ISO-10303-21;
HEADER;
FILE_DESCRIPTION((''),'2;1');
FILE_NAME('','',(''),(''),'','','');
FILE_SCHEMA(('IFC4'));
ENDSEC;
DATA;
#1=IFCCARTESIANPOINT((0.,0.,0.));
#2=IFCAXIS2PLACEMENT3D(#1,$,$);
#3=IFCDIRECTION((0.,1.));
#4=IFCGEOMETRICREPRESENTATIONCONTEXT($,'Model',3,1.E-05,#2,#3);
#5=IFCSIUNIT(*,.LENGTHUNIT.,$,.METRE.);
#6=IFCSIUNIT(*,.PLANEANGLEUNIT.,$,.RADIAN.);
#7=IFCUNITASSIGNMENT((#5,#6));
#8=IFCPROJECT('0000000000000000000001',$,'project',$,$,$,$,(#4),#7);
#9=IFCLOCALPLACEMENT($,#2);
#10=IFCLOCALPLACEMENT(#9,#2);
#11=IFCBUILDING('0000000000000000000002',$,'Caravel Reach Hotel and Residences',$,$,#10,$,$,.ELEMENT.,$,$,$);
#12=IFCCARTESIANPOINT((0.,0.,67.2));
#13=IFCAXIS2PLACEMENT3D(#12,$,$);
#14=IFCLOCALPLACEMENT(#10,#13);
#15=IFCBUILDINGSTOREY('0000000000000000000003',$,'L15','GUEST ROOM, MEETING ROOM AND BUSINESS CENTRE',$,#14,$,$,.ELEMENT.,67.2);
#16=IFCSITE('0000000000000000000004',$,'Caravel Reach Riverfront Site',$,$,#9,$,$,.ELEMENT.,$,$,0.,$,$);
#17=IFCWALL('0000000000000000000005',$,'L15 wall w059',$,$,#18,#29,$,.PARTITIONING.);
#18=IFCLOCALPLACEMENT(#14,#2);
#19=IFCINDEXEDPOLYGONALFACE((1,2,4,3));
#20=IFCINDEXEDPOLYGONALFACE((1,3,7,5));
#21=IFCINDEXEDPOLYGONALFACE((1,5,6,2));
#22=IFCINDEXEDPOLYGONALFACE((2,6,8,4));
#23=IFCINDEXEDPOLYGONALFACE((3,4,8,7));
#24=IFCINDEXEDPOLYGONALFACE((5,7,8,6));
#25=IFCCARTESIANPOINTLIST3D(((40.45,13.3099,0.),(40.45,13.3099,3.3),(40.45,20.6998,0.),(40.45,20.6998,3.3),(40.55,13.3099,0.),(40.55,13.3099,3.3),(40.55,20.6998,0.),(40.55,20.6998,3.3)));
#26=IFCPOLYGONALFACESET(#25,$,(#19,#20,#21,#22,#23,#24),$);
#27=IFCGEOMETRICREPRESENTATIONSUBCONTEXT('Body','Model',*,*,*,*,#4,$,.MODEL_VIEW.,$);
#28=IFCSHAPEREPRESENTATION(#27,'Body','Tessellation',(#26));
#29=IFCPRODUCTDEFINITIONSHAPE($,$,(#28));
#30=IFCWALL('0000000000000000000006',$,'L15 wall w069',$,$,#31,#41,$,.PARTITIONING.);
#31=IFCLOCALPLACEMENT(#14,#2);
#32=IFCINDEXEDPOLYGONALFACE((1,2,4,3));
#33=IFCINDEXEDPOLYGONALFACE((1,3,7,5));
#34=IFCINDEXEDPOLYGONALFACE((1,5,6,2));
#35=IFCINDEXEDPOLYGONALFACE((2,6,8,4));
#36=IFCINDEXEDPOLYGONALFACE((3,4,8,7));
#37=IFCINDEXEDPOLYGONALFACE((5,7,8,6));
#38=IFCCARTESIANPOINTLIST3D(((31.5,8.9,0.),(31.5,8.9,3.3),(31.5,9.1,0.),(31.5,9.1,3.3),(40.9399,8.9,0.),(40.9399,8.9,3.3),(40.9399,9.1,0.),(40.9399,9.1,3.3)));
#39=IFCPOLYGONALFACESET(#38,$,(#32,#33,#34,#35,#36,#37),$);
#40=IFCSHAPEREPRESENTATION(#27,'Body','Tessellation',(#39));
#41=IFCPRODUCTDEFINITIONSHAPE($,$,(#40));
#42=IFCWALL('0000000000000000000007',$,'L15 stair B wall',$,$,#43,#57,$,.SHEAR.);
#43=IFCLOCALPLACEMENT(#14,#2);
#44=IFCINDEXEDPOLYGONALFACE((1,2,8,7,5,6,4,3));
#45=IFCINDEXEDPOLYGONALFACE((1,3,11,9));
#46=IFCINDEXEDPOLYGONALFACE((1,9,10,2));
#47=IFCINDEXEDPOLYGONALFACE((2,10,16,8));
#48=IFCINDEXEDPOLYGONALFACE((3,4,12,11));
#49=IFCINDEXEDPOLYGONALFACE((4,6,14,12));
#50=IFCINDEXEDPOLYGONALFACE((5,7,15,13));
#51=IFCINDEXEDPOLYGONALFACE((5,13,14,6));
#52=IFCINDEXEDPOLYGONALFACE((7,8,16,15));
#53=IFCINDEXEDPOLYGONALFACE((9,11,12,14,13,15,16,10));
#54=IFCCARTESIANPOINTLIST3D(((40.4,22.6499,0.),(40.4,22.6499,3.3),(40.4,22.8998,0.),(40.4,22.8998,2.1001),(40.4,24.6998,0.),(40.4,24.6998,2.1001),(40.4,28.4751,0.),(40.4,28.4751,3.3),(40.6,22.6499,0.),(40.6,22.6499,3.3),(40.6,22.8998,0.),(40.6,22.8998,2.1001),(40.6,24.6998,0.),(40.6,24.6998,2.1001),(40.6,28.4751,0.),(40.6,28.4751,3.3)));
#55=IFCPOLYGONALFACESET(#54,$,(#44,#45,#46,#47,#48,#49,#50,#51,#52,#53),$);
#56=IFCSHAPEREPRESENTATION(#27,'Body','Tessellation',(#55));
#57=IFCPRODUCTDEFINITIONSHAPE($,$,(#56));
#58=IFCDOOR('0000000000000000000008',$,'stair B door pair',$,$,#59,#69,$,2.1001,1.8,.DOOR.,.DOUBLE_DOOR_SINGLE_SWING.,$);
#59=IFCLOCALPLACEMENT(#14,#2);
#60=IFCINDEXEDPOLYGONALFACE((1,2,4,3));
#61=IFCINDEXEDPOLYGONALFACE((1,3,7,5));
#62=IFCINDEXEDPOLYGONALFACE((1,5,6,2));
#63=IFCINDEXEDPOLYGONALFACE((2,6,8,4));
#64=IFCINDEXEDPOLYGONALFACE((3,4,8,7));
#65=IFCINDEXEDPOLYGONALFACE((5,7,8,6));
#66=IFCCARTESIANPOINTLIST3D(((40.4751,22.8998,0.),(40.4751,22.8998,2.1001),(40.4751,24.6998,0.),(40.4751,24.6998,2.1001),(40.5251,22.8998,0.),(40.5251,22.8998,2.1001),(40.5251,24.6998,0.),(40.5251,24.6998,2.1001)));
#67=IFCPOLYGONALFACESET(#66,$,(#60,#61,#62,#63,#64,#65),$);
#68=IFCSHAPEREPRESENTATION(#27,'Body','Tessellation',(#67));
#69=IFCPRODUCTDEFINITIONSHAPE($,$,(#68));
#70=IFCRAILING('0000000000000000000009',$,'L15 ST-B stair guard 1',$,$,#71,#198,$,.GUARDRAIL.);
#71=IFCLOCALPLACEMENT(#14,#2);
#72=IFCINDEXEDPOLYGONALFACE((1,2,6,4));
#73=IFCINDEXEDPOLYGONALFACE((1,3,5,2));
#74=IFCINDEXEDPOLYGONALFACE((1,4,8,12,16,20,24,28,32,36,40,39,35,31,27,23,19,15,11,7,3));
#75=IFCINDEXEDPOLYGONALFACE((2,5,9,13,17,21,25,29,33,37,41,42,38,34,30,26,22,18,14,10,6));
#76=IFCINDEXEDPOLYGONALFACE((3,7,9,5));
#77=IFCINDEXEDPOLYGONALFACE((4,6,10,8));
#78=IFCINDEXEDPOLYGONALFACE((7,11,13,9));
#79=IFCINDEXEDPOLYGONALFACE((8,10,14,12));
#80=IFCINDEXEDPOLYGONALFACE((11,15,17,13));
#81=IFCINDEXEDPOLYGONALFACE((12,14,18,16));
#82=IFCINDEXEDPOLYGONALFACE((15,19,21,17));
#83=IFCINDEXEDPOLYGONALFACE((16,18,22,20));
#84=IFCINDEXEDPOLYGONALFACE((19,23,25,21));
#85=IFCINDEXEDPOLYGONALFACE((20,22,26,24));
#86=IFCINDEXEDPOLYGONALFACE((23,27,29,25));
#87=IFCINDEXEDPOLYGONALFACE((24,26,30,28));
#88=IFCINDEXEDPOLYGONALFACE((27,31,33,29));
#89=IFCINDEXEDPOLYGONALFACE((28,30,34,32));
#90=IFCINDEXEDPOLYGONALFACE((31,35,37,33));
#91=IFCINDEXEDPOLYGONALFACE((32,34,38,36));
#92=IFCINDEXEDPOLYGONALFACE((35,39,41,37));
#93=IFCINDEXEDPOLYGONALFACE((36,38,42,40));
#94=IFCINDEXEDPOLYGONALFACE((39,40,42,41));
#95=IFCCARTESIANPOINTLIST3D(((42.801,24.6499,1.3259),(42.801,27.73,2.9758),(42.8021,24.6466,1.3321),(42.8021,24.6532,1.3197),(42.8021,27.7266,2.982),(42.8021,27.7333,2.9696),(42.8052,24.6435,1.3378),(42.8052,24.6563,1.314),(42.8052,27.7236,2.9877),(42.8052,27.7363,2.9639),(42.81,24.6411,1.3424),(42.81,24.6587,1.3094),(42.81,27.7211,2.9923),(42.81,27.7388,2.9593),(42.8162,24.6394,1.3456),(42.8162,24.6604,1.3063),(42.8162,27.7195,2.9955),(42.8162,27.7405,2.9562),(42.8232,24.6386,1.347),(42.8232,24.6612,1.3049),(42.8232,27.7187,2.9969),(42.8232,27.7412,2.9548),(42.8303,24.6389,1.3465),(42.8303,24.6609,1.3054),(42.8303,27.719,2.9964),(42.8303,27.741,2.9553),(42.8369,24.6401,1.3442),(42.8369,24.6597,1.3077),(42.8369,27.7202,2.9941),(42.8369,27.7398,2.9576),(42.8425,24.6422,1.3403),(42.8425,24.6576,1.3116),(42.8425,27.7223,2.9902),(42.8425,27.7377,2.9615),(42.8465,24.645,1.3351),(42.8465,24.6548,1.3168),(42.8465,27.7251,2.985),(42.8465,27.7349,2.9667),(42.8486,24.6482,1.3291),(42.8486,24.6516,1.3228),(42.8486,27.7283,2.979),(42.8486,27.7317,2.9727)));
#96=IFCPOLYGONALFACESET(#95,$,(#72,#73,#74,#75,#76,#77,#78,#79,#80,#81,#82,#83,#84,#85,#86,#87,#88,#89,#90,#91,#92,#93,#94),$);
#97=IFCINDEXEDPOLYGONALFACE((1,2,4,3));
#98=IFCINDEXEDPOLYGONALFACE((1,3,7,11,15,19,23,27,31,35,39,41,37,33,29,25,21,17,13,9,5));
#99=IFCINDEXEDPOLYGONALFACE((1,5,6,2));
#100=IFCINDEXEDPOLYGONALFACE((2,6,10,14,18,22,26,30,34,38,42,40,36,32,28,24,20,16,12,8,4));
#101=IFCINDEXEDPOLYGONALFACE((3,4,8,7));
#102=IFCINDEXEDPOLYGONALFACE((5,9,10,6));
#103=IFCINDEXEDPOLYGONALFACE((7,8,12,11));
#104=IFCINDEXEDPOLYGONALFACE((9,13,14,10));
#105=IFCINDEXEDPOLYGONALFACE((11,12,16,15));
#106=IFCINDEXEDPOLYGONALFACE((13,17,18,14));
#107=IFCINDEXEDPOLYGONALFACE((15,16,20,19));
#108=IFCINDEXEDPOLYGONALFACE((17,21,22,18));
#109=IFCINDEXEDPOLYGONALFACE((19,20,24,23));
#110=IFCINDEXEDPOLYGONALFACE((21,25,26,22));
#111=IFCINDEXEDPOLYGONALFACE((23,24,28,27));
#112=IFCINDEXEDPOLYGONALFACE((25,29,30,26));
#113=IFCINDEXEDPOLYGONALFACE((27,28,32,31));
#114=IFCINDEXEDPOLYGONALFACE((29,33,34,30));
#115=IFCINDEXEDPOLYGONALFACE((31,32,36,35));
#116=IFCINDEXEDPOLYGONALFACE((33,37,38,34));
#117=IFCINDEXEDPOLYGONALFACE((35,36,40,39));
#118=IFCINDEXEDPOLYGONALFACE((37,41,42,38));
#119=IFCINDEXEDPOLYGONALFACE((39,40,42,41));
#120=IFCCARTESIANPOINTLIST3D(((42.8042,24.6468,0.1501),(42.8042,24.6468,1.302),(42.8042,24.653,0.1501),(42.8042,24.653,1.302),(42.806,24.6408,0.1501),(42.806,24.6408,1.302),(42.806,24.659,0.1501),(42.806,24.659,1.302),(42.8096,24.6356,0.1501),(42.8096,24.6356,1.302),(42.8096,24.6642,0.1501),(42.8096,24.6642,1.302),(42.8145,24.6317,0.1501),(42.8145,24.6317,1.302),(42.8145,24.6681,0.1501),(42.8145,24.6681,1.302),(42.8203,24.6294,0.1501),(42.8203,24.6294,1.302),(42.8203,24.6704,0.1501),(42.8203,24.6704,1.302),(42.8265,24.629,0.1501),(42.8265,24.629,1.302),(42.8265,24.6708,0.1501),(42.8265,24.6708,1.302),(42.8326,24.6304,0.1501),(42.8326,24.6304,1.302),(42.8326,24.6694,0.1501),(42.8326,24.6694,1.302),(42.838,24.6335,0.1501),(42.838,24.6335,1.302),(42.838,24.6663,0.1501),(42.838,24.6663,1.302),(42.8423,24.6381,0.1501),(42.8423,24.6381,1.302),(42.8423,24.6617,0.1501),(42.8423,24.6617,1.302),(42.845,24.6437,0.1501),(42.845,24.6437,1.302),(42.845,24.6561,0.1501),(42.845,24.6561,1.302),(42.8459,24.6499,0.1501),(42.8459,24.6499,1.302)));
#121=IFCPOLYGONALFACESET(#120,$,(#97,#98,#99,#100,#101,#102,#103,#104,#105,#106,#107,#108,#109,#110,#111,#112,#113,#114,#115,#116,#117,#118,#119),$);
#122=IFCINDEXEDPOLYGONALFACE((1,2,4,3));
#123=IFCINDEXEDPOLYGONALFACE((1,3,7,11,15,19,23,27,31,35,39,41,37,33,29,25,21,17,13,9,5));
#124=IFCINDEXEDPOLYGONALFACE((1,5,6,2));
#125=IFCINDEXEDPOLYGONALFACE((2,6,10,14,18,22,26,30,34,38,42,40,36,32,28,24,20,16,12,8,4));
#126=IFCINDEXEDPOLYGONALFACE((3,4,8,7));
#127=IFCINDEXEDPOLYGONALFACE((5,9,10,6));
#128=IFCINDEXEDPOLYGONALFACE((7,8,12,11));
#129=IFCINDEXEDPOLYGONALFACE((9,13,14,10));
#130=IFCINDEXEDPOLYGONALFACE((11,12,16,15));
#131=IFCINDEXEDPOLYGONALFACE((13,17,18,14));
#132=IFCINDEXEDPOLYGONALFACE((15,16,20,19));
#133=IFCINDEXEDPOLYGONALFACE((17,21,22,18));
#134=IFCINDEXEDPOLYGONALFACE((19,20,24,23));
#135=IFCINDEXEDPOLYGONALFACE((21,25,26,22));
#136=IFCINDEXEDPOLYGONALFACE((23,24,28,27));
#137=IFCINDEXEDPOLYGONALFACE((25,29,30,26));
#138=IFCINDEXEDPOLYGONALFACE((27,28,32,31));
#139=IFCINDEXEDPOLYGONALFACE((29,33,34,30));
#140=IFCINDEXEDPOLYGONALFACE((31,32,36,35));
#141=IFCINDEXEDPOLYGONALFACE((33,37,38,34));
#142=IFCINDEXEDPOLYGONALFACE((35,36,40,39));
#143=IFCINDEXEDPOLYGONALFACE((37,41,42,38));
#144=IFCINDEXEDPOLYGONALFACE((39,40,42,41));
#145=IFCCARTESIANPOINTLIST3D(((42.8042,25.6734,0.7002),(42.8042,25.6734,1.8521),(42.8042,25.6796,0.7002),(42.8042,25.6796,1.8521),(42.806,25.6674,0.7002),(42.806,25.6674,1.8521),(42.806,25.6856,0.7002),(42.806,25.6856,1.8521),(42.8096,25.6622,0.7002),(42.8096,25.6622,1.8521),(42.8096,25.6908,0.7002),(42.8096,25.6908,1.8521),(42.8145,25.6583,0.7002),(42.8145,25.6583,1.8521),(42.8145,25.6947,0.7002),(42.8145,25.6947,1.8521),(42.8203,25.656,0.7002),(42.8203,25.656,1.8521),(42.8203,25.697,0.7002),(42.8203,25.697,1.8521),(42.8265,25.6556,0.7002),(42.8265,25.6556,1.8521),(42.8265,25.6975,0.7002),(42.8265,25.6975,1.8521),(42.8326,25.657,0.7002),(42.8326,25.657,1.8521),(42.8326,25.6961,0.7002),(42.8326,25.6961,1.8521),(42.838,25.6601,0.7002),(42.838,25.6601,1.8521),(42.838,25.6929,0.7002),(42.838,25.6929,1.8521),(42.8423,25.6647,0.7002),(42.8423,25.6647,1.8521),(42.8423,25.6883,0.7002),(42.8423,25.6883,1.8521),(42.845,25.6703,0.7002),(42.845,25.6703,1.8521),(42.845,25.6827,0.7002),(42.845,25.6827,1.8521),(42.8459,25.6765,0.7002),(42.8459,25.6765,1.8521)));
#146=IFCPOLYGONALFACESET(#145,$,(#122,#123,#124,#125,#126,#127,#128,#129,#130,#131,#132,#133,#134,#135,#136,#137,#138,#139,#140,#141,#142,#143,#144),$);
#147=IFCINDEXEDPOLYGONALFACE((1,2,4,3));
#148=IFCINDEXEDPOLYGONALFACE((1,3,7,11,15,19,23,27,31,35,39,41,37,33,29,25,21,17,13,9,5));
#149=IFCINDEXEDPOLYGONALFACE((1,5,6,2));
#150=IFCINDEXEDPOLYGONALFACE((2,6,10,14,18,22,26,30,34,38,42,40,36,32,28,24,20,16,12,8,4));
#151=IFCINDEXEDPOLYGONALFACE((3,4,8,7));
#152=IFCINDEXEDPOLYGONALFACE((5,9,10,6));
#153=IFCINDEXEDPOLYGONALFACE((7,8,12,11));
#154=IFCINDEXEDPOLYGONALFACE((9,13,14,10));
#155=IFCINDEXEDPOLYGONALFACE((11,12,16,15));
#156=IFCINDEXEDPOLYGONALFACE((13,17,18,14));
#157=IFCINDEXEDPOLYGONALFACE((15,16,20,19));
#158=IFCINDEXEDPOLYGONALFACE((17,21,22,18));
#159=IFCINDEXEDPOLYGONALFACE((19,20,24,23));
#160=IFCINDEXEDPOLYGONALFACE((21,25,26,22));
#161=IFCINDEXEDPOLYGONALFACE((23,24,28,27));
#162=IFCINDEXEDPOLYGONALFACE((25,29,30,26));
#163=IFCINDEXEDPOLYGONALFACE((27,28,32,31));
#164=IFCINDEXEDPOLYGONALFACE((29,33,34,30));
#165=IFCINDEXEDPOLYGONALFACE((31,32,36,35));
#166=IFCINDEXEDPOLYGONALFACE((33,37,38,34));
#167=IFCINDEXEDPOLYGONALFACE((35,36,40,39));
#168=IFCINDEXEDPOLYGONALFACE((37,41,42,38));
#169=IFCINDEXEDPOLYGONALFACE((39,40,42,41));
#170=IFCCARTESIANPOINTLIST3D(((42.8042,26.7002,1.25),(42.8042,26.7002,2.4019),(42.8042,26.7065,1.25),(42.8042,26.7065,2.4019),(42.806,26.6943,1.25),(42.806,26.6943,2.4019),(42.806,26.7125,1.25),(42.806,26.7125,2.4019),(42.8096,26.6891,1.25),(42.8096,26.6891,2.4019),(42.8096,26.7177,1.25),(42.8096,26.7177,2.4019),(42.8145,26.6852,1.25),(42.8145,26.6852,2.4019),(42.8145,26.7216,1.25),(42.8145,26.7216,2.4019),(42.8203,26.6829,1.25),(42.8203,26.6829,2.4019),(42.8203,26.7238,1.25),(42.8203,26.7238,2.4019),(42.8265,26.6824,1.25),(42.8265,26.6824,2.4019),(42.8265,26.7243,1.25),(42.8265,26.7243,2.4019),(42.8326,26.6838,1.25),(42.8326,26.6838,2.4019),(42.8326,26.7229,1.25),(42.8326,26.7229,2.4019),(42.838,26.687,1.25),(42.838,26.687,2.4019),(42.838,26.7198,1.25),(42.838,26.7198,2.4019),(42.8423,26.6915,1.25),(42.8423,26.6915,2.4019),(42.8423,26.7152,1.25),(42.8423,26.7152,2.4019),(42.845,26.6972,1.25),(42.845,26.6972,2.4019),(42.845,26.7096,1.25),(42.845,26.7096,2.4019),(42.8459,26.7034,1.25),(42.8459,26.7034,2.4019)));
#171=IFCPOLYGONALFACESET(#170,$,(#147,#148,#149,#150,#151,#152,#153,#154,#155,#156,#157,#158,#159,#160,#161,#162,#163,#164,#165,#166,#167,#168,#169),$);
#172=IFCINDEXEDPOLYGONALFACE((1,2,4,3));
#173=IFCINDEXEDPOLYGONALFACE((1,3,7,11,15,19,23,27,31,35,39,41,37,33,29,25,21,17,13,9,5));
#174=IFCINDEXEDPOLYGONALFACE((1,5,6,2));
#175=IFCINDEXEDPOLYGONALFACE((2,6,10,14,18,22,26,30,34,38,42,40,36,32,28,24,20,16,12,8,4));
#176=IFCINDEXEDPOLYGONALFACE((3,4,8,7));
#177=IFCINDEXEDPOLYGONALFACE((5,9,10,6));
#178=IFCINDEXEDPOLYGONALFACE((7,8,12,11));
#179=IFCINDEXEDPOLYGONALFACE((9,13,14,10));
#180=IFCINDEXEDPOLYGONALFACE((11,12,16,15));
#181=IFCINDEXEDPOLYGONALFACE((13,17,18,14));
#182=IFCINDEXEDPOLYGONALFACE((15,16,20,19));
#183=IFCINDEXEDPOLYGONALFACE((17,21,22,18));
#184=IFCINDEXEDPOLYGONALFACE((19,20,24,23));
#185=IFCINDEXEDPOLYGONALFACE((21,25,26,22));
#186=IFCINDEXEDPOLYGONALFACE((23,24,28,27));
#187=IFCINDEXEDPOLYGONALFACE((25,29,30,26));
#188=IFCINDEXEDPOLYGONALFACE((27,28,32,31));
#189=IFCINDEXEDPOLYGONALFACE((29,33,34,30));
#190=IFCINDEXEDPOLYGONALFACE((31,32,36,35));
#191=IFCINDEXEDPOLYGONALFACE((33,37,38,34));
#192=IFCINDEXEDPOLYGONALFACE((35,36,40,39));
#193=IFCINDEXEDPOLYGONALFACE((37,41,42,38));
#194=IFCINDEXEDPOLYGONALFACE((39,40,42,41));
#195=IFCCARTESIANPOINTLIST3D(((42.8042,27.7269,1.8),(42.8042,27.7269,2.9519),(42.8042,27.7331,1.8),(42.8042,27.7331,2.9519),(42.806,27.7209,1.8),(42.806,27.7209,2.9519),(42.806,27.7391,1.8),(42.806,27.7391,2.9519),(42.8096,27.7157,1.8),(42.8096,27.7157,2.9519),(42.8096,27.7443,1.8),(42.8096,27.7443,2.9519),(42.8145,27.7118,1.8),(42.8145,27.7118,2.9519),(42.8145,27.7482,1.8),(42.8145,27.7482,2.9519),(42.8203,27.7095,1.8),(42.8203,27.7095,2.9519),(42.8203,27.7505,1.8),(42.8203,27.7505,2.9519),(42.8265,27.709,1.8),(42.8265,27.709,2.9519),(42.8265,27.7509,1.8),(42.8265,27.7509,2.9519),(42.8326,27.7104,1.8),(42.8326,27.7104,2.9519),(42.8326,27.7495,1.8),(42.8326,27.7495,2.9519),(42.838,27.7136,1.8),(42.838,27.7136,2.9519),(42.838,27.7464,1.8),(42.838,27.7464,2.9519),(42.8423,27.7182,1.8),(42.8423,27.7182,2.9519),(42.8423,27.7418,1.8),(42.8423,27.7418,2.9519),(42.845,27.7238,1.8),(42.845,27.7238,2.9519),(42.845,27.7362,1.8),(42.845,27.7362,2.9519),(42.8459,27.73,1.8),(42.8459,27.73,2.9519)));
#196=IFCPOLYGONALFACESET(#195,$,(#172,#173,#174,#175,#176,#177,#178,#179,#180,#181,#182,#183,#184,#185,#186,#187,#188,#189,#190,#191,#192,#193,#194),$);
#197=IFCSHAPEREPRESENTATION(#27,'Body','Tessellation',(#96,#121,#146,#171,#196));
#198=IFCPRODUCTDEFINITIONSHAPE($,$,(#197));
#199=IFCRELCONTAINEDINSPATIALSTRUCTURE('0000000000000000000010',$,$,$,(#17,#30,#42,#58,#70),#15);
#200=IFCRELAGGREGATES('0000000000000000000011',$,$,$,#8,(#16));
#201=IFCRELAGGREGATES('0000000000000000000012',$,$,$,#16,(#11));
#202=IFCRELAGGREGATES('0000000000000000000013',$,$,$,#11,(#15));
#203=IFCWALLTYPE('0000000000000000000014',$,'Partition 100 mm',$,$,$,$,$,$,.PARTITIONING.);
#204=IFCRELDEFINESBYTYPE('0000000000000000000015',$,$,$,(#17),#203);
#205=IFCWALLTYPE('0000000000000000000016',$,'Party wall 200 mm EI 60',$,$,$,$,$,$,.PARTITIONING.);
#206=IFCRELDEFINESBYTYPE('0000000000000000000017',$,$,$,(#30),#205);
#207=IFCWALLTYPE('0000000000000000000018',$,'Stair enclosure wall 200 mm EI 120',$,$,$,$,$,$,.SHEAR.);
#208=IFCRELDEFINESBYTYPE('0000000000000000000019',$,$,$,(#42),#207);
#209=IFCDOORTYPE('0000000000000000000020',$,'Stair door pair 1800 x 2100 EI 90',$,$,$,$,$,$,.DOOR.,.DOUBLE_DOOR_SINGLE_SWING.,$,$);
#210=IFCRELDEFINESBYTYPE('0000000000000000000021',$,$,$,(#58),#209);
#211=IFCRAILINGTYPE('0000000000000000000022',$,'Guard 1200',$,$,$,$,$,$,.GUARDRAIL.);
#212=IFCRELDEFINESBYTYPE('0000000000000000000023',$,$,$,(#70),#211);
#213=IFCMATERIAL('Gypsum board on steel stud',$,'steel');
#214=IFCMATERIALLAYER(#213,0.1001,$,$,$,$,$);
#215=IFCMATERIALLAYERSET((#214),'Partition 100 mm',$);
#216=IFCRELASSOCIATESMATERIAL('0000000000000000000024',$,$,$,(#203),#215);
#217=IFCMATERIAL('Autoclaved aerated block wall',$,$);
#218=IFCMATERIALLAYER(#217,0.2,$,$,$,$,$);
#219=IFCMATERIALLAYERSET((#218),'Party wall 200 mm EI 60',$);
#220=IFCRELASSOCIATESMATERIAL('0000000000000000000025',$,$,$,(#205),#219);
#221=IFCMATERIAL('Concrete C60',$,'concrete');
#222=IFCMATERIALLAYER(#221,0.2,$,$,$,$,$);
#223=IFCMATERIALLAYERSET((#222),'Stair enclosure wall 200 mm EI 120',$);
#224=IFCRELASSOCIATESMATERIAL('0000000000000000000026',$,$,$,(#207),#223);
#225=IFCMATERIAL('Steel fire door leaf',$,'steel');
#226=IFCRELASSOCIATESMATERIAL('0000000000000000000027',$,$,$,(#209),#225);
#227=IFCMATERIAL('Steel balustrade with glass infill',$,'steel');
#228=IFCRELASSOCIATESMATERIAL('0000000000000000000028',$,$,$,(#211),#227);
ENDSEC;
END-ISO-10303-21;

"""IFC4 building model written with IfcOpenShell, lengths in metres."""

from ifc_helpers import new_model, si_unit, direction, frame, frame_2d, origin, origin_2d, place, context, subcontext, project, spatial, rectangle, circle, extrude, material, layer, layer_set, type_object, element, fill, save


model = new_model("IFC4")

# Units and contexts
model_context = context("Model", 3, precision=1e-05, world=origin(), true_north=direction((0.0, 1.0)))
body_context = subcontext(model_context, "Body", "Model", "MODEL_VIEW")
ifc_project = project(units=[si_unit("LENGTHUNIT", "METRE"), si_unit("PLANEANGLEUNIT", "RADIAN")], contexts=[model_context])

# Site, building, storey
site_placement = place(None, origin())
site = spatial("IfcSite", under=ifc_project, at=site_placement, Name="Caravel Reach Riverfront Site", CompositionType="ELEMENT", RefElevation=0.0)
building_placement = place(site_placement, origin())
building = spatial("IfcBuilding", under=site, at=building_placement, Name="Caravel Reach Hotel and Residences", CompositionType="ELEMENT")
storey_placement = place(building_placement, frame((0.0, 0.0, 67.2)))
storey = spatial("IfcBuildingStorey", under=building, at=storey_placement, Name="L15", Description="GUEST ROOM, MEETING ROOM AND BUSINESS CENTRE", CompositionType="ELEMENT", Elevation=67.2)

# Walls
ifc_material_1 = material(Name="Gypsum board on steel stud", Category="steel")
ifc_layer_1 = layer(ifc_material_1, 0.1001)
ifc_layer_set_1 = layer_set([ifc_layer_1], Name="Partition 100 mm")
wall_type_1 = type_object("IfcWallType", Name="Partition 100 mm", PredefinedType="PARTITIONING", material=ifc_layer_set_1)
wall_1_placement = place(storey_placement, frame((40.5, 13.3101, 0.0), z_axis=(0.0, 0.0, 1.0), x_axis=(0.0, 1.0, 0.0)))
element("IfcWall", 1, at=wall_1_placement, inside=storey, type_object=wall_type_1, Name="L15 wall w059", PredefinedType="PARTITIONING", context=body_context, shape_type="SweptSolid", body=[
    extrude(rectangle(XDim=7.3899, YDim=0.1001, at=frame_2d((3.6948, 0.0))), origin(), (0.0, 0.0, 1.0), 3.3),
])
ifc_material_2 = material(Name="Autoclaved aerated block wall")
ifc_layer_2 = layer(ifc_material_2, 0.2)
ifc_layer_set_2 = layer_set([ifc_layer_2], Name="Party wall 200 mm EI 60")
wall_type_2 = type_object("IfcWallType", Name="Party wall 200 mm EI 60", PredefinedType="PARTITIONING", material=ifc_layer_set_2)
wall_2_placement = place(storey_placement, frame((31.5, 9.0, 0.0), z_axis=(0.0, 0.0, 1.0), x_axis=(1.0, 0.0, 0.0)))
element("IfcWall", 2, at=wall_2_placement, inside=storey, type_object=wall_type_2, Name="L15 wall w069", PredefinedType="PARTITIONING", context=body_context, shape_type="SweptSolid", body=[
    extrude(rectangle(XDim=9.4399, YDim=0.2, at=frame_2d((4.72, 0.0))), origin(), (0.0, 0.0, 1.0), 3.3),
])

# Wall, opening, door
ifc_material_3 = material(Name="Concrete C60", Category="concrete")
ifc_layer_3 = layer(ifc_material_3, 0.2)
ifc_layer_set_3 = layer_set([ifc_layer_3], Name="Stair enclosure wall 200 mm EI 120")
wall_type_3 = type_object("IfcWallType", Name="Stair enclosure wall 200 mm EI 120", PredefinedType="SHEAR", material=ifc_layer_set_3)
wall_3_placement = place(storey_placement, frame((40.5, 22.6499, 0.0), z_axis=(0.0, 0.0, 1.0), x_axis=(0.0, 1.0, 0.0)))
wall_3 = element("IfcWall", 3, at=wall_3_placement, inside=storey, type_object=wall_type_3, Name="L15 stair B wall", PredefinedType="SHEAR", context=body_context, shape_type="SweptSolid", body=[
    extrude(rectangle(XDim=5.8252, YDim=0.2, at=frame_2d((2.9126, 0.0))), origin(), (0.0, 0.0, 1.0), 3.3),
])
opening_1_placement = place(wall_3_placement, frame((0.25, 0.0, 0.0)))
opening_1 = element("IfcOpeningElement", 4, at=opening_1_placement, cuts=wall_3, PredefinedType="OPENING", context=body_context, shape_type="SweptSolid", body=[
    extrude(rectangle(XDim=1.8, YDim=2.1001, at=frame_2d((0.8999, 1.05))), frame((0.0, 0.1099, 0.0), z_axis=(0.0, -1.0, 0.0), x_axis=(1.0, 0.0, 0.0)), (0.0, 0.0, 1.0), 0.22),
])
ifc_material_4 = material(Name="Steel fire door leaf", Category="steel")
door_type_1 = type_object("IfcDoorType", Name="Stair door pair 1800 x 2100 EI 90", OperationType="DOUBLE_DOOR_SINGLE_SWING", PredefinedType="DOOR", material=ifc_material_4)
door_1_placement = place(opening_1_placement, origin())
door_1 = element("IfcDoor", 5, at=door_1_placement, inside=storey, type_object=door_type_1, Name="stair B door pair", OperationType="DOUBLE_DOOR_SINGLE_SWING", OverallHeight=2.1001, OverallWidth=1.8, PredefinedType="DOOR", context=body_context, shape_type="SweptSolid", body=[
    extrude(rectangle(XDim=1.8, YDim=2.1001, at=frame_2d((0.8999, 1.05))), frame((0.0, 0.0249, 0.0), z_axis=(0.0, -1.0, 0.0), x_axis=(1.0, 0.0, 0.0)), (0.0, 0.0, 1.0), 0.05),
])
fill(opening_1, door_1)

# Railing
ifc_material_5 = material(Name="Steel balustrade with glass infill", Category="steel")
railing_type = type_object("IfcRailingType", Name="Guard 1200", PredefinedType="GUARDRAIL", material=ifc_material_5)
railing_1_placement = place(storey_placement, frame((42.825, 24.6499, 0.1501)))
element("IfcRailing", 6, at=railing_1_placement, inside=storey, type_object=railing_type, Name="L15 ST-B stair guard 1", PredefinedType="GUARDRAIL", context=body_context, shape_type="SweptSolid", body=[
    extrude(circle(Radius=0.0239, at=origin_2d()), frame((0.0, 0.0, 1.1758), z_axis=(0.0, 0.881497, 0.47219), x_axis=(-1.0, 0.0, 0.0)), (0.0, 0.0, 1.0), 3.4941),
    extrude(circle(Radius=0.021, at=origin_2d()), origin(), (0.0, 0.0, 1.0), 1.1519),
    extrude(circle(Radius=0.021, at=origin_2d()), frame((0.0, 1.0266, 0.55)), (0.0, 0.0, 1.0), 1.1519),
    extrude(circle(Radius=0.021, at=origin_2d()), frame((0.0, 2.0535, 1.0999)), (0.0, 0.0, 1.0), 1.1519),
    extrude(circle(Radius=0.021, at=origin_2d()), frame((0.0, 3.0801, 1.6499)), (0.0, 0.0, 1.0), 1.1519),
])

save(model, "model.ifc")
